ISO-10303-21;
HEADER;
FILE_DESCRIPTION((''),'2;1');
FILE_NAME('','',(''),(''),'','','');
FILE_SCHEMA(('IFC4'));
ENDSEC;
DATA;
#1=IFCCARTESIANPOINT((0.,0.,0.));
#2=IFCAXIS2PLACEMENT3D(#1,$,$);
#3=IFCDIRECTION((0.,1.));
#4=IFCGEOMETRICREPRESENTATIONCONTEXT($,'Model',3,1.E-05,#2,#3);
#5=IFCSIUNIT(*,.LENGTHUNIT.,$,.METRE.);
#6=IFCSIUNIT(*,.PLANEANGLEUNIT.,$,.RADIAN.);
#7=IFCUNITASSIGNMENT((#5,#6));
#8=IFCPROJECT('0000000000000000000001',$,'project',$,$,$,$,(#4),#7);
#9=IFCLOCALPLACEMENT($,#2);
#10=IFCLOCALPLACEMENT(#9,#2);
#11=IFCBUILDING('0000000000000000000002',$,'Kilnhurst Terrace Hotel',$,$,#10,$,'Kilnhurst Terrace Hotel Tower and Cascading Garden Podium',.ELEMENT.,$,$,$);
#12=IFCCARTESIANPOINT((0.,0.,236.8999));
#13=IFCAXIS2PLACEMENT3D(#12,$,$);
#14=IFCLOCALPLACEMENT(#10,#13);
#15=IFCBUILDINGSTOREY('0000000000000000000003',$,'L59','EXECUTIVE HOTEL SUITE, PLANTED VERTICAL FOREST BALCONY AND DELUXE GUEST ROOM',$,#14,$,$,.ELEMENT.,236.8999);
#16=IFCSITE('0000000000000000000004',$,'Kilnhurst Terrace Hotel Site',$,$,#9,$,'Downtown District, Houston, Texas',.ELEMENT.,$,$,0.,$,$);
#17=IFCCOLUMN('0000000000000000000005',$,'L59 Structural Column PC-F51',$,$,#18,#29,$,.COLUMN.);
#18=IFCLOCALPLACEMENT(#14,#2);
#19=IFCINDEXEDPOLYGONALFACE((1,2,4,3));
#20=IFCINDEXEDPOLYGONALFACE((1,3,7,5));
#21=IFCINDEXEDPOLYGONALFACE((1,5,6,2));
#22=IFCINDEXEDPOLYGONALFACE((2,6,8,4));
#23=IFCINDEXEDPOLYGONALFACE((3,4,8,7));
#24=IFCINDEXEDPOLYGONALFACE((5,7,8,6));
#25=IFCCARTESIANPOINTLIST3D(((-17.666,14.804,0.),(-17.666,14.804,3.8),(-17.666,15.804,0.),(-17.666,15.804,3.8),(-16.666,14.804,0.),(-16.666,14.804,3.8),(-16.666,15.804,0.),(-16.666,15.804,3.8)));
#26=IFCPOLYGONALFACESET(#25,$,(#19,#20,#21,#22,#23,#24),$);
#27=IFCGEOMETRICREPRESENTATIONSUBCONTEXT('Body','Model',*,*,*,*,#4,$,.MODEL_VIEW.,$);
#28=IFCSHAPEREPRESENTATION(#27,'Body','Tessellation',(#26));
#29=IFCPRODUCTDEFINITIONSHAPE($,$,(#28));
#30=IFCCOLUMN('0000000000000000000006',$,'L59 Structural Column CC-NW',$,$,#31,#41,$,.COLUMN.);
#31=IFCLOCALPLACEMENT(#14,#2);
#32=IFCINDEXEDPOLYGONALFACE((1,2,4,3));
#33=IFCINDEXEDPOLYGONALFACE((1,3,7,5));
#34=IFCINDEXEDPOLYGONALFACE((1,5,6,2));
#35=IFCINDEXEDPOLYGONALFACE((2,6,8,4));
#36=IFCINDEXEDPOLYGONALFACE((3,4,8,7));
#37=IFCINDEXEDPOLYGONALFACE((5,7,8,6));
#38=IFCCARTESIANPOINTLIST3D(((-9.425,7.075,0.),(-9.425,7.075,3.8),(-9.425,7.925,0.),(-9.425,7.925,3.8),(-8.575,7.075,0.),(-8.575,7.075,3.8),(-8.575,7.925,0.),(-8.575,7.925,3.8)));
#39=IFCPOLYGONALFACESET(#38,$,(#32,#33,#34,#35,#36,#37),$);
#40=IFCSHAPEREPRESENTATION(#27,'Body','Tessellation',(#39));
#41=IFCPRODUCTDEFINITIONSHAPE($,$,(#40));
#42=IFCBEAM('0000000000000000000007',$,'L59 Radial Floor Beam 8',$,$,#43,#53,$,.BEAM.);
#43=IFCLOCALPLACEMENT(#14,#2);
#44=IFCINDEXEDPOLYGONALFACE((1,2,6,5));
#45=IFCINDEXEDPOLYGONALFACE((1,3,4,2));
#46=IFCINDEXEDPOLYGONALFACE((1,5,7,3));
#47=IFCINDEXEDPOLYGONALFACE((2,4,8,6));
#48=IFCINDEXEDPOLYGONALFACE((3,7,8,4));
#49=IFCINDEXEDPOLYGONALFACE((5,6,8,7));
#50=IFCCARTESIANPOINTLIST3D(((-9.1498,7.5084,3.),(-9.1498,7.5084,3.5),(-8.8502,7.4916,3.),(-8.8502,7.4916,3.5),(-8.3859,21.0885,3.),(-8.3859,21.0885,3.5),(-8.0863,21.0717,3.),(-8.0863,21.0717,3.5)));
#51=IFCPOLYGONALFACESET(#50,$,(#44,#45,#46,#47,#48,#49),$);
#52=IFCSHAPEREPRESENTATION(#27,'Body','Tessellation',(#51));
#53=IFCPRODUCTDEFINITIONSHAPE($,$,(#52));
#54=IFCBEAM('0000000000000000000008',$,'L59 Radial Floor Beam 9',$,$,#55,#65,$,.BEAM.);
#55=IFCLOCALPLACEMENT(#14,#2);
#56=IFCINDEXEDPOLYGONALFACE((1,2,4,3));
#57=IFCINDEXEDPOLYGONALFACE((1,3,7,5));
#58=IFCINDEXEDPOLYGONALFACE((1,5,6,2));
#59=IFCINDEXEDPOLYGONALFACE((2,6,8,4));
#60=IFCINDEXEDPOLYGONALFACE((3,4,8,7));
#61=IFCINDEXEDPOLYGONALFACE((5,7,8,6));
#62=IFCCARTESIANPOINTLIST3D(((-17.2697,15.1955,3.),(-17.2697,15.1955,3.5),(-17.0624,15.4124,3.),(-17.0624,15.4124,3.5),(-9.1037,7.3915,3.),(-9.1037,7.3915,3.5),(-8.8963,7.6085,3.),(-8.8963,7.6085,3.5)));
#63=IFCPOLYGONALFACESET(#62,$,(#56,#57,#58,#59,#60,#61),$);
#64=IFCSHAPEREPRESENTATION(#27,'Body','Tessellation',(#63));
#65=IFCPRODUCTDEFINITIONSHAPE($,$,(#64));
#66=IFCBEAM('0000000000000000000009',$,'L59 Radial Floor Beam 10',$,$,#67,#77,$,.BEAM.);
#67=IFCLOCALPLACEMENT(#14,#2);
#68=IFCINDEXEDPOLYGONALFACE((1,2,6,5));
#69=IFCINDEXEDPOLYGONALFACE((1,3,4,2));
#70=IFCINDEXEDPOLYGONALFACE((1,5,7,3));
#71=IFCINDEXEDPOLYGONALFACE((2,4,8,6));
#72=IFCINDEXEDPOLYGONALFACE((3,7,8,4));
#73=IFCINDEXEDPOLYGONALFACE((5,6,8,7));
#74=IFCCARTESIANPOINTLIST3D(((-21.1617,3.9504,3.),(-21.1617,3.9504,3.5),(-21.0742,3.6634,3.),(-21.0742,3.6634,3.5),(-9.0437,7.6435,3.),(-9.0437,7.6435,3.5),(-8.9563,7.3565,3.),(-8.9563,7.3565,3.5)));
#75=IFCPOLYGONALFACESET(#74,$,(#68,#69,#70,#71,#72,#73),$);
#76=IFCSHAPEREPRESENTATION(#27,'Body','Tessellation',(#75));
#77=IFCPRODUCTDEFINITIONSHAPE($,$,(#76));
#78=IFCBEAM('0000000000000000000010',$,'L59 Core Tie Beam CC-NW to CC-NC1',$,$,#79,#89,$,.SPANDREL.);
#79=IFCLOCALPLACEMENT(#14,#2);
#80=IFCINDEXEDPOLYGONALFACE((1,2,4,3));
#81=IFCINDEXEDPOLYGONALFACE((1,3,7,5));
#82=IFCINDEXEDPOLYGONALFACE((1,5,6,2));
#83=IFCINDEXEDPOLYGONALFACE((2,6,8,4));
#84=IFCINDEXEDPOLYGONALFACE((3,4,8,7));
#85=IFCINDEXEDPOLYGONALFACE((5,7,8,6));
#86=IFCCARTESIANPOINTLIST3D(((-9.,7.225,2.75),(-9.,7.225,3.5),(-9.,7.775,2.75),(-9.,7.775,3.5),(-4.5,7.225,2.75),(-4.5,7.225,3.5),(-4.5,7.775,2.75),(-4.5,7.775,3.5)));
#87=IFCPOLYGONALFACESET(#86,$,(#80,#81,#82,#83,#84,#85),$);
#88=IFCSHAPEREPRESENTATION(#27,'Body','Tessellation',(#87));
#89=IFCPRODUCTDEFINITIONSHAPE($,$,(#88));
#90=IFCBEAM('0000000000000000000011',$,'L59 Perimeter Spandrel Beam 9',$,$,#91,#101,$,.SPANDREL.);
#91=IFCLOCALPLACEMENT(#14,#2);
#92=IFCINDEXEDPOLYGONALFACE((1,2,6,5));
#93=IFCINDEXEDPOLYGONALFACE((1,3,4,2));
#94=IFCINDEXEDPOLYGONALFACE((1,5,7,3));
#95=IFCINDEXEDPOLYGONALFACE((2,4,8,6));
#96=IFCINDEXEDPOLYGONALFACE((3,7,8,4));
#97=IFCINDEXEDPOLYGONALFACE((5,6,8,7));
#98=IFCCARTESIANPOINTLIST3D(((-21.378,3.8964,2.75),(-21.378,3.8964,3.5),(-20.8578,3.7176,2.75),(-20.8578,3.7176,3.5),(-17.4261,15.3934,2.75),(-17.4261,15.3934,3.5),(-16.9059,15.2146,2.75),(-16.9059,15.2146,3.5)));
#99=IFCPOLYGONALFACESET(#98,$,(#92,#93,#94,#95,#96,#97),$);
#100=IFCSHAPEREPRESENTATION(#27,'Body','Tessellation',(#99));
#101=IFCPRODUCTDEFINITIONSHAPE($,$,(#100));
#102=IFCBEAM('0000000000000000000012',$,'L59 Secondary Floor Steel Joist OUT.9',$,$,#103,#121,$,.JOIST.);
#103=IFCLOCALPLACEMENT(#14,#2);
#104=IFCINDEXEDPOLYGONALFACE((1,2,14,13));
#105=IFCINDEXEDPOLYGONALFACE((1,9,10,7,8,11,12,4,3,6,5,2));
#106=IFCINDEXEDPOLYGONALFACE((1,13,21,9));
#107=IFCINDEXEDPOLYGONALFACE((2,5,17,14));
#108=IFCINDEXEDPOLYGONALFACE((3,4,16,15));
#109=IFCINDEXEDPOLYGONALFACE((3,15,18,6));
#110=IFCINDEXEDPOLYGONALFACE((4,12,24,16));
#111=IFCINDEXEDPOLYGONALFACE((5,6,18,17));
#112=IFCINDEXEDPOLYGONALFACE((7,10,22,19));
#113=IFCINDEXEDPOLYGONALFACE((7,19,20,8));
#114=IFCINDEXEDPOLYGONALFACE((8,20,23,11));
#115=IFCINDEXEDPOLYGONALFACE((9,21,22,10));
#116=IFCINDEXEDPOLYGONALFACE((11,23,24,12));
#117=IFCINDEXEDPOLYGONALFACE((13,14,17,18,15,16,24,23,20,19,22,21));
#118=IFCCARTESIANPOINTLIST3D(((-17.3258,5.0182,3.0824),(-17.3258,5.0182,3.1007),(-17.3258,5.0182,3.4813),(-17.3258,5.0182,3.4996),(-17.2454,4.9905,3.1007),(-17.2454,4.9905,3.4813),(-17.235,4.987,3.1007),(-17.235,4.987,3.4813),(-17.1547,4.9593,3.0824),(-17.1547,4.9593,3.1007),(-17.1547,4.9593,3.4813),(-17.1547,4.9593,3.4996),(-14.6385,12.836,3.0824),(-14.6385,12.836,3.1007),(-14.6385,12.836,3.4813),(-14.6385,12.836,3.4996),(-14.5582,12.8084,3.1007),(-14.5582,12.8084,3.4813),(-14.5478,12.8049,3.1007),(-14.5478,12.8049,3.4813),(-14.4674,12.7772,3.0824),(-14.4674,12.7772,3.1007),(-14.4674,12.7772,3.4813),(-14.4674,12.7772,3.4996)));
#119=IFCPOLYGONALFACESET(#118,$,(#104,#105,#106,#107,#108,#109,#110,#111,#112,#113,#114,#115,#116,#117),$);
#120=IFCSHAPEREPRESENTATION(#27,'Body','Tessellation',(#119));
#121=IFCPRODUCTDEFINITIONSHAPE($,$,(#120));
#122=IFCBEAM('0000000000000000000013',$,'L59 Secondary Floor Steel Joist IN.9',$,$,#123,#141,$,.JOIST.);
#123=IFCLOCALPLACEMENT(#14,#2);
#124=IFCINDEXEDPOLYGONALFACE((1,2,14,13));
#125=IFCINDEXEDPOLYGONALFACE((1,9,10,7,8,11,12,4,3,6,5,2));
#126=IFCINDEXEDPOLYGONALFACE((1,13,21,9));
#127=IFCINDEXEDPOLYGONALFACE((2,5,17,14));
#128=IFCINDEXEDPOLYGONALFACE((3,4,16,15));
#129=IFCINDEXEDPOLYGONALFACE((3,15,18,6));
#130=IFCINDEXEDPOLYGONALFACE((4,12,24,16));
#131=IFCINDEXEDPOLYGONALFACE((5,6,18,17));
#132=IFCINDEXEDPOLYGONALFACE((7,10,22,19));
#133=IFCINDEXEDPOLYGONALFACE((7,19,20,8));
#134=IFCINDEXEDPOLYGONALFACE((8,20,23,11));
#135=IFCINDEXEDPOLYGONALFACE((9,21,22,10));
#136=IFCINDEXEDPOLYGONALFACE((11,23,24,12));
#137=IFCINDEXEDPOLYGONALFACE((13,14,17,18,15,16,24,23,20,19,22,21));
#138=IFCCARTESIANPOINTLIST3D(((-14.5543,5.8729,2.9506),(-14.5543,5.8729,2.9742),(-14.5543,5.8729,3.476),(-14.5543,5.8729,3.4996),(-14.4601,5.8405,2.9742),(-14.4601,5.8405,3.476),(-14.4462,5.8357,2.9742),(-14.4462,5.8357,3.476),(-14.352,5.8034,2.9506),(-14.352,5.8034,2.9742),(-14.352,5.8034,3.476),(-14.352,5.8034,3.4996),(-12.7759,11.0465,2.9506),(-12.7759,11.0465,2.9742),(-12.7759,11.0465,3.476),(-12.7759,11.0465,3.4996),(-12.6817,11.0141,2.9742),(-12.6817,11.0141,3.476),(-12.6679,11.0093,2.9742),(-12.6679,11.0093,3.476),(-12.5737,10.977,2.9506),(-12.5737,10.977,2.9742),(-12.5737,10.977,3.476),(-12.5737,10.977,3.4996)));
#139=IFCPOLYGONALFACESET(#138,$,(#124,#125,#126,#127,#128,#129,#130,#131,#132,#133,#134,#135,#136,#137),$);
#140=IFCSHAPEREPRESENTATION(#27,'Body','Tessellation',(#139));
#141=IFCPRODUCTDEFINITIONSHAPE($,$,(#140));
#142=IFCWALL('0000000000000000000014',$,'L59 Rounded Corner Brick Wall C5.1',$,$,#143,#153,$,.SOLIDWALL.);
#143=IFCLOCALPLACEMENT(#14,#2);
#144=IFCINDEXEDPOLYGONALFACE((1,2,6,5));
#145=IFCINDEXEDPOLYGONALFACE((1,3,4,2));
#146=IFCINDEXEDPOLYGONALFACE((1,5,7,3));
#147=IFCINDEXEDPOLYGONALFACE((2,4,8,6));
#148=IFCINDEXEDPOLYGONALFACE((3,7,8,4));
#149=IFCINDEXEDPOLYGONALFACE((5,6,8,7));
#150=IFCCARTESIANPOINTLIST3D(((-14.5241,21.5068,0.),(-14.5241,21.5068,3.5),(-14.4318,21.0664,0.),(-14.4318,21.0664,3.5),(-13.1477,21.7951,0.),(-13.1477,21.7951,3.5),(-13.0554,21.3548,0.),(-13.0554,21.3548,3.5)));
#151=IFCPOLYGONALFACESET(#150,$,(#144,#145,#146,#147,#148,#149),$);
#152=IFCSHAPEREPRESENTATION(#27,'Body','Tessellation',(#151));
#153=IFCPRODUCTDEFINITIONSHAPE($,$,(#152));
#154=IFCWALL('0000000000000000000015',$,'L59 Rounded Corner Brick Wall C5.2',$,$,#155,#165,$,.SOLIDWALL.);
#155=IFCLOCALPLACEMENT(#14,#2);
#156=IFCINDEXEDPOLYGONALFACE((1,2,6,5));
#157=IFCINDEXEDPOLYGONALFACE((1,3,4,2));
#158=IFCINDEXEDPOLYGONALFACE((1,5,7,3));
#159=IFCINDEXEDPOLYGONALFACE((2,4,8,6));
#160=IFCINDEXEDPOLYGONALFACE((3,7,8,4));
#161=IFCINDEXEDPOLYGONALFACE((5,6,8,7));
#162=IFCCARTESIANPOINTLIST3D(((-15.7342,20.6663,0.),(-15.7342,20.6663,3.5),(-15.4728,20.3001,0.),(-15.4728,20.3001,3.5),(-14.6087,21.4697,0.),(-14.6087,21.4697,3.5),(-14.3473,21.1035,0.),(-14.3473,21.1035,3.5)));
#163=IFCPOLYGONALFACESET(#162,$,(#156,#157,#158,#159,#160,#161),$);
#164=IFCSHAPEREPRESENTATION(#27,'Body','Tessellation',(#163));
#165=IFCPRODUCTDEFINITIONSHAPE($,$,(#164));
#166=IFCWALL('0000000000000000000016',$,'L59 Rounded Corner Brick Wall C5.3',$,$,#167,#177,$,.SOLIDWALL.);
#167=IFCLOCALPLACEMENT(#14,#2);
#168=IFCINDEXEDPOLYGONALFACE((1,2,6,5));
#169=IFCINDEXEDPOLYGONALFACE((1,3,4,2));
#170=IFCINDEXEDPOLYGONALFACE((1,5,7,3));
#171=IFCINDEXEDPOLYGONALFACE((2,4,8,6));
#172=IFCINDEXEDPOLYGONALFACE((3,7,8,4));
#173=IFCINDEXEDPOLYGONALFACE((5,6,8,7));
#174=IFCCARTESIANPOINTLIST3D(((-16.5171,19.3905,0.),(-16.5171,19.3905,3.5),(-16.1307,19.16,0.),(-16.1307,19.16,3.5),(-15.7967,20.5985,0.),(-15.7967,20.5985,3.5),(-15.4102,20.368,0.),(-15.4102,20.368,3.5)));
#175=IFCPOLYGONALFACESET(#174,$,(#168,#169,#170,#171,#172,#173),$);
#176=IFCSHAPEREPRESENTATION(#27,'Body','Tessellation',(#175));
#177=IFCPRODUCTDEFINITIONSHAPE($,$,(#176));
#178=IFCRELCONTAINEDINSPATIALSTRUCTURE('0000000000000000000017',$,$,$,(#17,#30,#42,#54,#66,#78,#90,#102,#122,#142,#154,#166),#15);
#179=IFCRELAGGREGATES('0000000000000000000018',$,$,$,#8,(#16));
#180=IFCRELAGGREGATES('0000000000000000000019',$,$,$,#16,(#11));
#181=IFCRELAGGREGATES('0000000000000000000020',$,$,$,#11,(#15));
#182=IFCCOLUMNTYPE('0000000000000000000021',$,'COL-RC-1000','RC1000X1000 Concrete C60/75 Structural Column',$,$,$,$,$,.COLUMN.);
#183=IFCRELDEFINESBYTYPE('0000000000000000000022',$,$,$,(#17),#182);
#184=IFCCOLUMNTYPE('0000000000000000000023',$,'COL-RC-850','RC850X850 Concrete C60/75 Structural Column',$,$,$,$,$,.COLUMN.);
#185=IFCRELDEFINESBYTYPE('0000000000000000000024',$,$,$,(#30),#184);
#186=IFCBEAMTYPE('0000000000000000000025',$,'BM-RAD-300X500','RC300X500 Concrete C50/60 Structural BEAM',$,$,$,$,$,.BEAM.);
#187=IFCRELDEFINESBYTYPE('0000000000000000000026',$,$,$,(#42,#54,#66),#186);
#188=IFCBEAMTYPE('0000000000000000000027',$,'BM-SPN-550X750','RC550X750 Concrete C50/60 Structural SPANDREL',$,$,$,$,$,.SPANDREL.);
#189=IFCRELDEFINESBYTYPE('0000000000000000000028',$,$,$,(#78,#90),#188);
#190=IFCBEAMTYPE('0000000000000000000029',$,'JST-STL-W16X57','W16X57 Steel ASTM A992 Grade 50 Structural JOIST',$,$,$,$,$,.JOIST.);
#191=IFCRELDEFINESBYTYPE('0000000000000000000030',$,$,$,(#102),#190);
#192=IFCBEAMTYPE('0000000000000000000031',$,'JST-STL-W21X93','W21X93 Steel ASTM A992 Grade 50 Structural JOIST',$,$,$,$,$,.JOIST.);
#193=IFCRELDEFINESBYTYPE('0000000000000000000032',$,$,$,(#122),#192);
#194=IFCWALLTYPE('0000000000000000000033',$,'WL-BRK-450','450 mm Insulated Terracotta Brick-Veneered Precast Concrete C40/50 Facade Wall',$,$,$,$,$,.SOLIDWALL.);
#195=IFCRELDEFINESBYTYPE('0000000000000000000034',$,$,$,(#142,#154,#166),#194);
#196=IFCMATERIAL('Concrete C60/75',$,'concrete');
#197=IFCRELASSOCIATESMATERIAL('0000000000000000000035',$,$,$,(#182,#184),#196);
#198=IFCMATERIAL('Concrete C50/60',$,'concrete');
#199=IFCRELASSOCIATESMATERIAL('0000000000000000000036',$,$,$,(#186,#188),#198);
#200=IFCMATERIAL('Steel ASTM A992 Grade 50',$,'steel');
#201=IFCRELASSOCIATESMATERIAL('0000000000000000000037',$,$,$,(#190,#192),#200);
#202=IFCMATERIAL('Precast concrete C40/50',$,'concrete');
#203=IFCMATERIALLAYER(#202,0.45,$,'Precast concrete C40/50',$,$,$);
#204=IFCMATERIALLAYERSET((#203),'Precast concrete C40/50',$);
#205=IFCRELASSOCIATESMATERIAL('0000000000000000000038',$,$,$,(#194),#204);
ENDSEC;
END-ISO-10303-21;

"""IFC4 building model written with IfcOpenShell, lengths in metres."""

from ifc_helpers import new_model, si_unit, direction, frame, frame_2d, origin, origin_2d, place, context, subcontext, project, spatial, rectangle, i_section, extrude, material, layer, layer_set, material_profile, profile_set, type_object, element, save


model = new_model("IFC4")

# Units and contexts
model_context = context("Model", 3, precision=1e-05, world=origin(), true_north=direction((0.0, 1.0)))
body_context = subcontext(model_context, "Body", "Model", "MODEL_VIEW")
ifc_project = project(units=[si_unit("LENGTHUNIT", "METRE"), si_unit("PLANEANGLEUNIT", "RADIAN")], contexts=[model_context])

# Site, building, storey
site_placement = place(None, origin())
site = spatial("IfcSite", under=ifc_project, at=site_placement, Name="Kilnhurst Terrace Hotel Site", LongName="Downtown District, Houston, Texas", CompositionType="ELEMENT", RefElevation=0.0)
building_placement = place(site_placement, origin())
building = spatial("IfcBuilding", under=site, at=building_placement, Name="Kilnhurst Terrace Hotel", LongName="Kilnhurst Terrace Hotel Tower and Cascading Garden Podium", CompositionType="ELEMENT")
storey_placement = place(building_placement, frame((0.0, 0.0, 236.8999)))
storey = spatial("IfcBuildingStorey", under=building, at=storey_placement, Name="L59", Description="EXECUTIVE HOTEL SUITE, PLANTED VERTICAL FOREST BALCONY AND DELUXE GUEST ROOM", CompositionType="ELEMENT", Elevation=236.8999)

# Columns
ifc_material_1 = material(Name="Concrete C60/75", Category="concrete")
ifc_material_profile_1 = material_profile(ifc_material_1, rectangle(XDim=1.0, YDim=1.0, at=origin_2d()), Name="RC1000X1000")
ifc_profile_set_1 = profile_set([ifc_material_profile_1], Name="Concrete C60/75")
column_type_1 = type_object("IfcColumnType", Name="COL-RC-1000", Description="RC1000X1000 Concrete C60/75 Structural Column", PredefinedType="COLUMN", material=ifc_profile_set_1)
column_1_placement = place(storey_placement, frame((-17.166, 15.304, 0.0), z_axis=(0.0, 0.0, 1.0), x_axis=(1.0, 0.0, 0.0)))
element("IfcColumn", 1, at=column_1_placement, inside=storey, type_object=column_type_1, Name="L59 Structural Column PC-F51", PredefinedType="COLUMN", context=body_context, shape_type="SweptSolid", body=[
    extrude(rectangle(XDim=1.0, YDim=1.0, at=origin_2d()), origin(), (0.0, 0.0, 1.0), 3.8),
])
ifc_material_profile_2 = material_profile(ifc_material_1, rectangle(XDim=0.8501, YDim=0.8501, at=origin_2d()), Name="RC850X850")
ifc_profile_set_2 = profile_set([ifc_material_profile_2], Name="Concrete C60/75")
column_type_2 = type_object("IfcColumnType", Name="COL-RC-850", Description="RC850X850 Concrete C60/75 Structural Column", PredefinedType="COLUMN", material=ifc_profile_set_2)
column_2_placement = place(storey_placement, frame((-9.0, 7.5, 0.0), z_axis=(0.0, 0.0, 1.0), x_axis=(1.0, 0.0, 0.0)))
element("IfcColumn", 2, at=column_2_placement, inside=storey, type_object=column_type_2, Name="L59 Structural Column CC-NW", PredefinedType="COLUMN", context=body_context, shape_type="SweptSolid", body=[
    extrude(rectangle(XDim=0.8501, YDim=0.8501, at=origin_2d()), origin(), (0.0, 0.0, 1.0), 3.8),
])

# Beams
ifc_material_2 = material(Name="Concrete C50/60", Category="concrete")
ifc_material_profile_3 = material_profile(ifc_material_2, rectangle(XDim=0.3, YDim=0.5, at=origin_2d()), Name="RC300X500")
ifc_profile_set_3 = profile_set([ifc_material_profile_3], Name="Concrete C50/60")
beam_type_1 = type_object("IfcBeamType", Name="BM-RAD-300X500", Description="RC300X500 Concrete C50/60 Structural BEAM", PredefinedType="BEAM", material=ifc_profile_set_3)
beam_1_placement = place(storey_placement, frame((-9.0, 7.5, 3.25), z_axis=(0.056164, 0.998422, 0.0), x_axis=(-0.998422, 0.056164, 0.0)))
element("IfcBeam", 3, at=beam_1_placement, inside=storey, type_object=beam_type_1, Name="L59 Radial Floor Beam 8", PredefinedType="BEAM", context=body_context, shape_type="SweptSolid", body=[
    extrude(rectangle(XDim=0.3, YDim=0.5, at=origin_2d()), origin(), (0.0, 0.0, 1.0), 13.6016),
])
beam_2_placement = place(storey_placement, frame((-9.0, 7.5, 3.25), z_axis=(-0.722952, 0.690898, 0.0), x_axis=(-0.690898, -0.722952, 0.0)))
element("IfcBeam", 4, at=beam_2_placement, inside=storey, type_object=beam_type_1, Name="L59 Radial Floor Beam 9", PredefinedType="BEAM", context=body_context, shape_type="SweptSolid", body=[
    extrude(rectangle(XDim=0.3, YDim=0.5, at=origin_2d()), origin(), (0.0, 0.0, 1.0), 11.2954),
])
beam_3_placement = place(storey_placement, frame((-9.0, 7.5, 3.25), z_axis=(-0.956563, -0.291527, 0.0), x_axis=(0.291527, -0.956563, 0.0)))
element("IfcBeam", 5, at=beam_3_placement, inside=storey, type_object=beam_type_1, Name="L59 Radial Floor Beam 10", PredefinedType="BEAM", context=body_context, shape_type="SweptSolid", body=[
    extrude(rectangle(XDim=0.3, YDim=0.5, at=origin_2d()), origin(), (0.0, 0.0, 1.0), 12.6682),
])
ifc_material_profile_4 = material_profile(ifc_material_2, rectangle(XDim=0.55, YDim=0.75, at=origin_2d()), Name="RC550X750")
ifc_profile_set_4 = profile_set([ifc_material_profile_4], Name="Concrete C50/60")
beam_type_2 = type_object("IfcBeamType", Name="BM-SPN-550X750", Description="RC550X750 Concrete C50/60 Structural SPANDREL", PredefinedType="SPANDREL", material=ifc_profile_set_4)
beam_4_placement = place(storey_placement, frame((-9.0, 7.5, 3.125), z_axis=(1.0, 0.0, 0.0), x_axis=(0.0, 1.0, 0.0)))
element("IfcBeam", 6, at=beam_4_placement, inside=storey, type_object=beam_type_2, Name="L59 Core Tie Beam CC-NW to CC-NC1", PredefinedType="SPANDREL", context=body_context, shape_type="SweptSolid", body=[
    extrude(rectangle(XDim=0.55, YDim=0.75, at=origin_2d()), origin(), (0.0, 0.0, 1.0), 4.5),
])
beam_5_placement = place(storey_placement, frame((-17.166, 15.304, 3.125), z_axis=(-0.325064, -0.945692, 0.0), x_axis=(0.945692, -0.325064, 0.0)))
element("IfcBeam", 7, at=beam_5_placement, inside=storey, type_object=beam_type_2, Name="L59 Perimeter Spandrel Beam 9", PredefinedType="SPANDREL", context=body_context, shape_type="SweptSolid", body=[
    extrude(rectangle(XDim=0.55, YDim=0.75, at=origin_2d()), origin(), (0.0, 0.0, 1.0), 12.1572),
])
ifc_material_3 = material(Name="Steel ASTM A992 Grade 50", Category="steel")
ifc_material_profile_5 = material_profile(ifc_material_3, i_section(OverallWidth=0.1809, OverallDepth=0.4172, WebThickness=0.011, FlangeThickness=0.0183, at=origin_2d()), Name="W16X57")
ifc_profile_set_5 = profile_set([ifc_material_profile_5], Name="Steel ASTM A992 Grade 50")
beam_type_3 = type_object("IfcBeamType", Name="JST-STL-W16X57", Description="W16X57 Steel ASTM A992 Grade 50 Structural JOIST", PredefinedType="JOIST", material=ifc_profile_set_5)
beam_6_placement = place(storey_placement, frame((-14.553, 12.8066, 3.291), z_axis=(-0.325065, -0.945692, 0.0), x_axis=(0.945692, -0.325065, 0.0)))
element("IfcBeam", 8, at=beam_6_placement, inside=storey, type_object=beam_type_3, Name="L59 Secondary Floor Steel Joist OUT.9", PredefinedType="JOIST", context=body_context, shape_type="SweptSolid", body=[
    extrude(i_section(OverallWidth=0.1809, OverallDepth=0.4172, WebThickness=0.011, FlangeThickness=0.0183, at=origin_2d()), origin(), (0.0, 0.0, 1.0), 8.2668),
])
ifc_material_profile_6 = material_profile(ifc_material_3, i_section(OverallWidth=0.2139, OverallDepth=0.5491, WebThickness=0.0146, FlangeThickness=0.0237, at=origin_2d()), Name="W21X93")
ifc_profile_set_6 = profile_set([ifc_material_profile_6], Name="Steel ASTM A992 Grade 50")
beam_type_4 = type_object("IfcBeamType", Name="JST-STL-W21X93", Description="W21X93 Steel ASTM A992 Grade 50 Structural JOIST", PredefinedType="JOIST", material=ifc_profile_set_6)
beam_7_placement = place(storey_placement, frame((-12.6748, 11.0117, 3.2251), z_axis=(-0.325064, -0.945692, 0.0), x_axis=(0.945692, -0.325064, 0.0)))
element("IfcBeam", 9, at=beam_7_placement, inside=storey, type_object=beam_type_4, Name="L59 Secondary Floor Steel Joist IN.9", PredefinedType="JOIST", context=body_context, shape_type="SweptSolid", body=[
    extrude(i_section(OverallWidth=0.2139, OverallDepth=0.5491, WebThickness=0.0146, FlangeThickness=0.0237, at=origin_2d()), origin(), (0.0, 0.0, 1.0), 5.4707),
])

# Walls
ifc_material_4 = material(Name="Precast concrete C40/50", Category="concrete")
ifc_layer_1 = layer(ifc_material_4, 0.45, Name="Precast concrete C40/50")
ifc_layer_set_1 = layer_set([ifc_layer_1], Name="Precast concrete C40/50")
wall_type_1 = type_object("IfcWallType", Name="WL-BRK-450", Description="450 mm Insulated Terracotta Brick-Veneered Precast Concrete C40/50 Facade Wall", PredefinedType="SOLIDWALL", material=ifc_layer_set_1)
wall_1_placement = place(storey_placement, frame((-13.1016, 21.575, 0.0), z_axis=(0.0, 0.0, 1.0), x_axis=(-0.978757, -0.205022, 0.0)))
element("IfcWall", 10, at=wall_1_placement, inside=storey, type_object=wall_type_1, Name="L59 Rounded Corner Brick Wall C5.1", PredefinedType="SOLIDWALL", context=body_context, shape_type="SweptSolid", body=[
    extrude(rectangle(XDim=1.4062, YDim=0.45, at=frame_2d((0.7031, 0.0))), origin(), (0.0, 0.0, 1.0), 3.5),
])
wall_2_placement = place(storey_placement, frame((-14.478, 21.2866, 0.0), z_axis=(0.0, 0.0, 1.0), x_axis=(-0.813889, -0.581021, 0.0)))
element("IfcWall", 11, at=wall_2_placement, inside=storey, type_object=wall_type_1, Name="L59 Rounded Corner Brick Wall C5.2", PredefinedType="SOLIDWALL", context=body_context, shape_type="SweptSolid", body=[
    extrude(rectangle(XDim=1.3828, YDim=0.45, at=frame_2d((0.6914, 0.0))), origin(), (0.0, 0.0, 1.0), 3.5),
])
wall_3_placement = place(storey_placement, frame((-15.6035, 20.4832, 0.0), z_axis=(0.0, 0.0, 1.0), x_axis=(-0.512222, -0.858853, 0.0)))
element("IfcWall", 12, at=wall_3_placement, inside=storey, type_object=wall_type_1, Name="L59 Rounded Corner Brick Wall C5.3", PredefinedType="SOLIDWALL", context=body_context, shape_type="SweptSolid", body=[
    extrude(rectangle(XDim=1.4065, YDim=0.45, at=frame_2d((0.7031, 0.0))), origin(), (0.0, 0.0, 1.0), 3.5),
])

save(model, "model.ifc")
